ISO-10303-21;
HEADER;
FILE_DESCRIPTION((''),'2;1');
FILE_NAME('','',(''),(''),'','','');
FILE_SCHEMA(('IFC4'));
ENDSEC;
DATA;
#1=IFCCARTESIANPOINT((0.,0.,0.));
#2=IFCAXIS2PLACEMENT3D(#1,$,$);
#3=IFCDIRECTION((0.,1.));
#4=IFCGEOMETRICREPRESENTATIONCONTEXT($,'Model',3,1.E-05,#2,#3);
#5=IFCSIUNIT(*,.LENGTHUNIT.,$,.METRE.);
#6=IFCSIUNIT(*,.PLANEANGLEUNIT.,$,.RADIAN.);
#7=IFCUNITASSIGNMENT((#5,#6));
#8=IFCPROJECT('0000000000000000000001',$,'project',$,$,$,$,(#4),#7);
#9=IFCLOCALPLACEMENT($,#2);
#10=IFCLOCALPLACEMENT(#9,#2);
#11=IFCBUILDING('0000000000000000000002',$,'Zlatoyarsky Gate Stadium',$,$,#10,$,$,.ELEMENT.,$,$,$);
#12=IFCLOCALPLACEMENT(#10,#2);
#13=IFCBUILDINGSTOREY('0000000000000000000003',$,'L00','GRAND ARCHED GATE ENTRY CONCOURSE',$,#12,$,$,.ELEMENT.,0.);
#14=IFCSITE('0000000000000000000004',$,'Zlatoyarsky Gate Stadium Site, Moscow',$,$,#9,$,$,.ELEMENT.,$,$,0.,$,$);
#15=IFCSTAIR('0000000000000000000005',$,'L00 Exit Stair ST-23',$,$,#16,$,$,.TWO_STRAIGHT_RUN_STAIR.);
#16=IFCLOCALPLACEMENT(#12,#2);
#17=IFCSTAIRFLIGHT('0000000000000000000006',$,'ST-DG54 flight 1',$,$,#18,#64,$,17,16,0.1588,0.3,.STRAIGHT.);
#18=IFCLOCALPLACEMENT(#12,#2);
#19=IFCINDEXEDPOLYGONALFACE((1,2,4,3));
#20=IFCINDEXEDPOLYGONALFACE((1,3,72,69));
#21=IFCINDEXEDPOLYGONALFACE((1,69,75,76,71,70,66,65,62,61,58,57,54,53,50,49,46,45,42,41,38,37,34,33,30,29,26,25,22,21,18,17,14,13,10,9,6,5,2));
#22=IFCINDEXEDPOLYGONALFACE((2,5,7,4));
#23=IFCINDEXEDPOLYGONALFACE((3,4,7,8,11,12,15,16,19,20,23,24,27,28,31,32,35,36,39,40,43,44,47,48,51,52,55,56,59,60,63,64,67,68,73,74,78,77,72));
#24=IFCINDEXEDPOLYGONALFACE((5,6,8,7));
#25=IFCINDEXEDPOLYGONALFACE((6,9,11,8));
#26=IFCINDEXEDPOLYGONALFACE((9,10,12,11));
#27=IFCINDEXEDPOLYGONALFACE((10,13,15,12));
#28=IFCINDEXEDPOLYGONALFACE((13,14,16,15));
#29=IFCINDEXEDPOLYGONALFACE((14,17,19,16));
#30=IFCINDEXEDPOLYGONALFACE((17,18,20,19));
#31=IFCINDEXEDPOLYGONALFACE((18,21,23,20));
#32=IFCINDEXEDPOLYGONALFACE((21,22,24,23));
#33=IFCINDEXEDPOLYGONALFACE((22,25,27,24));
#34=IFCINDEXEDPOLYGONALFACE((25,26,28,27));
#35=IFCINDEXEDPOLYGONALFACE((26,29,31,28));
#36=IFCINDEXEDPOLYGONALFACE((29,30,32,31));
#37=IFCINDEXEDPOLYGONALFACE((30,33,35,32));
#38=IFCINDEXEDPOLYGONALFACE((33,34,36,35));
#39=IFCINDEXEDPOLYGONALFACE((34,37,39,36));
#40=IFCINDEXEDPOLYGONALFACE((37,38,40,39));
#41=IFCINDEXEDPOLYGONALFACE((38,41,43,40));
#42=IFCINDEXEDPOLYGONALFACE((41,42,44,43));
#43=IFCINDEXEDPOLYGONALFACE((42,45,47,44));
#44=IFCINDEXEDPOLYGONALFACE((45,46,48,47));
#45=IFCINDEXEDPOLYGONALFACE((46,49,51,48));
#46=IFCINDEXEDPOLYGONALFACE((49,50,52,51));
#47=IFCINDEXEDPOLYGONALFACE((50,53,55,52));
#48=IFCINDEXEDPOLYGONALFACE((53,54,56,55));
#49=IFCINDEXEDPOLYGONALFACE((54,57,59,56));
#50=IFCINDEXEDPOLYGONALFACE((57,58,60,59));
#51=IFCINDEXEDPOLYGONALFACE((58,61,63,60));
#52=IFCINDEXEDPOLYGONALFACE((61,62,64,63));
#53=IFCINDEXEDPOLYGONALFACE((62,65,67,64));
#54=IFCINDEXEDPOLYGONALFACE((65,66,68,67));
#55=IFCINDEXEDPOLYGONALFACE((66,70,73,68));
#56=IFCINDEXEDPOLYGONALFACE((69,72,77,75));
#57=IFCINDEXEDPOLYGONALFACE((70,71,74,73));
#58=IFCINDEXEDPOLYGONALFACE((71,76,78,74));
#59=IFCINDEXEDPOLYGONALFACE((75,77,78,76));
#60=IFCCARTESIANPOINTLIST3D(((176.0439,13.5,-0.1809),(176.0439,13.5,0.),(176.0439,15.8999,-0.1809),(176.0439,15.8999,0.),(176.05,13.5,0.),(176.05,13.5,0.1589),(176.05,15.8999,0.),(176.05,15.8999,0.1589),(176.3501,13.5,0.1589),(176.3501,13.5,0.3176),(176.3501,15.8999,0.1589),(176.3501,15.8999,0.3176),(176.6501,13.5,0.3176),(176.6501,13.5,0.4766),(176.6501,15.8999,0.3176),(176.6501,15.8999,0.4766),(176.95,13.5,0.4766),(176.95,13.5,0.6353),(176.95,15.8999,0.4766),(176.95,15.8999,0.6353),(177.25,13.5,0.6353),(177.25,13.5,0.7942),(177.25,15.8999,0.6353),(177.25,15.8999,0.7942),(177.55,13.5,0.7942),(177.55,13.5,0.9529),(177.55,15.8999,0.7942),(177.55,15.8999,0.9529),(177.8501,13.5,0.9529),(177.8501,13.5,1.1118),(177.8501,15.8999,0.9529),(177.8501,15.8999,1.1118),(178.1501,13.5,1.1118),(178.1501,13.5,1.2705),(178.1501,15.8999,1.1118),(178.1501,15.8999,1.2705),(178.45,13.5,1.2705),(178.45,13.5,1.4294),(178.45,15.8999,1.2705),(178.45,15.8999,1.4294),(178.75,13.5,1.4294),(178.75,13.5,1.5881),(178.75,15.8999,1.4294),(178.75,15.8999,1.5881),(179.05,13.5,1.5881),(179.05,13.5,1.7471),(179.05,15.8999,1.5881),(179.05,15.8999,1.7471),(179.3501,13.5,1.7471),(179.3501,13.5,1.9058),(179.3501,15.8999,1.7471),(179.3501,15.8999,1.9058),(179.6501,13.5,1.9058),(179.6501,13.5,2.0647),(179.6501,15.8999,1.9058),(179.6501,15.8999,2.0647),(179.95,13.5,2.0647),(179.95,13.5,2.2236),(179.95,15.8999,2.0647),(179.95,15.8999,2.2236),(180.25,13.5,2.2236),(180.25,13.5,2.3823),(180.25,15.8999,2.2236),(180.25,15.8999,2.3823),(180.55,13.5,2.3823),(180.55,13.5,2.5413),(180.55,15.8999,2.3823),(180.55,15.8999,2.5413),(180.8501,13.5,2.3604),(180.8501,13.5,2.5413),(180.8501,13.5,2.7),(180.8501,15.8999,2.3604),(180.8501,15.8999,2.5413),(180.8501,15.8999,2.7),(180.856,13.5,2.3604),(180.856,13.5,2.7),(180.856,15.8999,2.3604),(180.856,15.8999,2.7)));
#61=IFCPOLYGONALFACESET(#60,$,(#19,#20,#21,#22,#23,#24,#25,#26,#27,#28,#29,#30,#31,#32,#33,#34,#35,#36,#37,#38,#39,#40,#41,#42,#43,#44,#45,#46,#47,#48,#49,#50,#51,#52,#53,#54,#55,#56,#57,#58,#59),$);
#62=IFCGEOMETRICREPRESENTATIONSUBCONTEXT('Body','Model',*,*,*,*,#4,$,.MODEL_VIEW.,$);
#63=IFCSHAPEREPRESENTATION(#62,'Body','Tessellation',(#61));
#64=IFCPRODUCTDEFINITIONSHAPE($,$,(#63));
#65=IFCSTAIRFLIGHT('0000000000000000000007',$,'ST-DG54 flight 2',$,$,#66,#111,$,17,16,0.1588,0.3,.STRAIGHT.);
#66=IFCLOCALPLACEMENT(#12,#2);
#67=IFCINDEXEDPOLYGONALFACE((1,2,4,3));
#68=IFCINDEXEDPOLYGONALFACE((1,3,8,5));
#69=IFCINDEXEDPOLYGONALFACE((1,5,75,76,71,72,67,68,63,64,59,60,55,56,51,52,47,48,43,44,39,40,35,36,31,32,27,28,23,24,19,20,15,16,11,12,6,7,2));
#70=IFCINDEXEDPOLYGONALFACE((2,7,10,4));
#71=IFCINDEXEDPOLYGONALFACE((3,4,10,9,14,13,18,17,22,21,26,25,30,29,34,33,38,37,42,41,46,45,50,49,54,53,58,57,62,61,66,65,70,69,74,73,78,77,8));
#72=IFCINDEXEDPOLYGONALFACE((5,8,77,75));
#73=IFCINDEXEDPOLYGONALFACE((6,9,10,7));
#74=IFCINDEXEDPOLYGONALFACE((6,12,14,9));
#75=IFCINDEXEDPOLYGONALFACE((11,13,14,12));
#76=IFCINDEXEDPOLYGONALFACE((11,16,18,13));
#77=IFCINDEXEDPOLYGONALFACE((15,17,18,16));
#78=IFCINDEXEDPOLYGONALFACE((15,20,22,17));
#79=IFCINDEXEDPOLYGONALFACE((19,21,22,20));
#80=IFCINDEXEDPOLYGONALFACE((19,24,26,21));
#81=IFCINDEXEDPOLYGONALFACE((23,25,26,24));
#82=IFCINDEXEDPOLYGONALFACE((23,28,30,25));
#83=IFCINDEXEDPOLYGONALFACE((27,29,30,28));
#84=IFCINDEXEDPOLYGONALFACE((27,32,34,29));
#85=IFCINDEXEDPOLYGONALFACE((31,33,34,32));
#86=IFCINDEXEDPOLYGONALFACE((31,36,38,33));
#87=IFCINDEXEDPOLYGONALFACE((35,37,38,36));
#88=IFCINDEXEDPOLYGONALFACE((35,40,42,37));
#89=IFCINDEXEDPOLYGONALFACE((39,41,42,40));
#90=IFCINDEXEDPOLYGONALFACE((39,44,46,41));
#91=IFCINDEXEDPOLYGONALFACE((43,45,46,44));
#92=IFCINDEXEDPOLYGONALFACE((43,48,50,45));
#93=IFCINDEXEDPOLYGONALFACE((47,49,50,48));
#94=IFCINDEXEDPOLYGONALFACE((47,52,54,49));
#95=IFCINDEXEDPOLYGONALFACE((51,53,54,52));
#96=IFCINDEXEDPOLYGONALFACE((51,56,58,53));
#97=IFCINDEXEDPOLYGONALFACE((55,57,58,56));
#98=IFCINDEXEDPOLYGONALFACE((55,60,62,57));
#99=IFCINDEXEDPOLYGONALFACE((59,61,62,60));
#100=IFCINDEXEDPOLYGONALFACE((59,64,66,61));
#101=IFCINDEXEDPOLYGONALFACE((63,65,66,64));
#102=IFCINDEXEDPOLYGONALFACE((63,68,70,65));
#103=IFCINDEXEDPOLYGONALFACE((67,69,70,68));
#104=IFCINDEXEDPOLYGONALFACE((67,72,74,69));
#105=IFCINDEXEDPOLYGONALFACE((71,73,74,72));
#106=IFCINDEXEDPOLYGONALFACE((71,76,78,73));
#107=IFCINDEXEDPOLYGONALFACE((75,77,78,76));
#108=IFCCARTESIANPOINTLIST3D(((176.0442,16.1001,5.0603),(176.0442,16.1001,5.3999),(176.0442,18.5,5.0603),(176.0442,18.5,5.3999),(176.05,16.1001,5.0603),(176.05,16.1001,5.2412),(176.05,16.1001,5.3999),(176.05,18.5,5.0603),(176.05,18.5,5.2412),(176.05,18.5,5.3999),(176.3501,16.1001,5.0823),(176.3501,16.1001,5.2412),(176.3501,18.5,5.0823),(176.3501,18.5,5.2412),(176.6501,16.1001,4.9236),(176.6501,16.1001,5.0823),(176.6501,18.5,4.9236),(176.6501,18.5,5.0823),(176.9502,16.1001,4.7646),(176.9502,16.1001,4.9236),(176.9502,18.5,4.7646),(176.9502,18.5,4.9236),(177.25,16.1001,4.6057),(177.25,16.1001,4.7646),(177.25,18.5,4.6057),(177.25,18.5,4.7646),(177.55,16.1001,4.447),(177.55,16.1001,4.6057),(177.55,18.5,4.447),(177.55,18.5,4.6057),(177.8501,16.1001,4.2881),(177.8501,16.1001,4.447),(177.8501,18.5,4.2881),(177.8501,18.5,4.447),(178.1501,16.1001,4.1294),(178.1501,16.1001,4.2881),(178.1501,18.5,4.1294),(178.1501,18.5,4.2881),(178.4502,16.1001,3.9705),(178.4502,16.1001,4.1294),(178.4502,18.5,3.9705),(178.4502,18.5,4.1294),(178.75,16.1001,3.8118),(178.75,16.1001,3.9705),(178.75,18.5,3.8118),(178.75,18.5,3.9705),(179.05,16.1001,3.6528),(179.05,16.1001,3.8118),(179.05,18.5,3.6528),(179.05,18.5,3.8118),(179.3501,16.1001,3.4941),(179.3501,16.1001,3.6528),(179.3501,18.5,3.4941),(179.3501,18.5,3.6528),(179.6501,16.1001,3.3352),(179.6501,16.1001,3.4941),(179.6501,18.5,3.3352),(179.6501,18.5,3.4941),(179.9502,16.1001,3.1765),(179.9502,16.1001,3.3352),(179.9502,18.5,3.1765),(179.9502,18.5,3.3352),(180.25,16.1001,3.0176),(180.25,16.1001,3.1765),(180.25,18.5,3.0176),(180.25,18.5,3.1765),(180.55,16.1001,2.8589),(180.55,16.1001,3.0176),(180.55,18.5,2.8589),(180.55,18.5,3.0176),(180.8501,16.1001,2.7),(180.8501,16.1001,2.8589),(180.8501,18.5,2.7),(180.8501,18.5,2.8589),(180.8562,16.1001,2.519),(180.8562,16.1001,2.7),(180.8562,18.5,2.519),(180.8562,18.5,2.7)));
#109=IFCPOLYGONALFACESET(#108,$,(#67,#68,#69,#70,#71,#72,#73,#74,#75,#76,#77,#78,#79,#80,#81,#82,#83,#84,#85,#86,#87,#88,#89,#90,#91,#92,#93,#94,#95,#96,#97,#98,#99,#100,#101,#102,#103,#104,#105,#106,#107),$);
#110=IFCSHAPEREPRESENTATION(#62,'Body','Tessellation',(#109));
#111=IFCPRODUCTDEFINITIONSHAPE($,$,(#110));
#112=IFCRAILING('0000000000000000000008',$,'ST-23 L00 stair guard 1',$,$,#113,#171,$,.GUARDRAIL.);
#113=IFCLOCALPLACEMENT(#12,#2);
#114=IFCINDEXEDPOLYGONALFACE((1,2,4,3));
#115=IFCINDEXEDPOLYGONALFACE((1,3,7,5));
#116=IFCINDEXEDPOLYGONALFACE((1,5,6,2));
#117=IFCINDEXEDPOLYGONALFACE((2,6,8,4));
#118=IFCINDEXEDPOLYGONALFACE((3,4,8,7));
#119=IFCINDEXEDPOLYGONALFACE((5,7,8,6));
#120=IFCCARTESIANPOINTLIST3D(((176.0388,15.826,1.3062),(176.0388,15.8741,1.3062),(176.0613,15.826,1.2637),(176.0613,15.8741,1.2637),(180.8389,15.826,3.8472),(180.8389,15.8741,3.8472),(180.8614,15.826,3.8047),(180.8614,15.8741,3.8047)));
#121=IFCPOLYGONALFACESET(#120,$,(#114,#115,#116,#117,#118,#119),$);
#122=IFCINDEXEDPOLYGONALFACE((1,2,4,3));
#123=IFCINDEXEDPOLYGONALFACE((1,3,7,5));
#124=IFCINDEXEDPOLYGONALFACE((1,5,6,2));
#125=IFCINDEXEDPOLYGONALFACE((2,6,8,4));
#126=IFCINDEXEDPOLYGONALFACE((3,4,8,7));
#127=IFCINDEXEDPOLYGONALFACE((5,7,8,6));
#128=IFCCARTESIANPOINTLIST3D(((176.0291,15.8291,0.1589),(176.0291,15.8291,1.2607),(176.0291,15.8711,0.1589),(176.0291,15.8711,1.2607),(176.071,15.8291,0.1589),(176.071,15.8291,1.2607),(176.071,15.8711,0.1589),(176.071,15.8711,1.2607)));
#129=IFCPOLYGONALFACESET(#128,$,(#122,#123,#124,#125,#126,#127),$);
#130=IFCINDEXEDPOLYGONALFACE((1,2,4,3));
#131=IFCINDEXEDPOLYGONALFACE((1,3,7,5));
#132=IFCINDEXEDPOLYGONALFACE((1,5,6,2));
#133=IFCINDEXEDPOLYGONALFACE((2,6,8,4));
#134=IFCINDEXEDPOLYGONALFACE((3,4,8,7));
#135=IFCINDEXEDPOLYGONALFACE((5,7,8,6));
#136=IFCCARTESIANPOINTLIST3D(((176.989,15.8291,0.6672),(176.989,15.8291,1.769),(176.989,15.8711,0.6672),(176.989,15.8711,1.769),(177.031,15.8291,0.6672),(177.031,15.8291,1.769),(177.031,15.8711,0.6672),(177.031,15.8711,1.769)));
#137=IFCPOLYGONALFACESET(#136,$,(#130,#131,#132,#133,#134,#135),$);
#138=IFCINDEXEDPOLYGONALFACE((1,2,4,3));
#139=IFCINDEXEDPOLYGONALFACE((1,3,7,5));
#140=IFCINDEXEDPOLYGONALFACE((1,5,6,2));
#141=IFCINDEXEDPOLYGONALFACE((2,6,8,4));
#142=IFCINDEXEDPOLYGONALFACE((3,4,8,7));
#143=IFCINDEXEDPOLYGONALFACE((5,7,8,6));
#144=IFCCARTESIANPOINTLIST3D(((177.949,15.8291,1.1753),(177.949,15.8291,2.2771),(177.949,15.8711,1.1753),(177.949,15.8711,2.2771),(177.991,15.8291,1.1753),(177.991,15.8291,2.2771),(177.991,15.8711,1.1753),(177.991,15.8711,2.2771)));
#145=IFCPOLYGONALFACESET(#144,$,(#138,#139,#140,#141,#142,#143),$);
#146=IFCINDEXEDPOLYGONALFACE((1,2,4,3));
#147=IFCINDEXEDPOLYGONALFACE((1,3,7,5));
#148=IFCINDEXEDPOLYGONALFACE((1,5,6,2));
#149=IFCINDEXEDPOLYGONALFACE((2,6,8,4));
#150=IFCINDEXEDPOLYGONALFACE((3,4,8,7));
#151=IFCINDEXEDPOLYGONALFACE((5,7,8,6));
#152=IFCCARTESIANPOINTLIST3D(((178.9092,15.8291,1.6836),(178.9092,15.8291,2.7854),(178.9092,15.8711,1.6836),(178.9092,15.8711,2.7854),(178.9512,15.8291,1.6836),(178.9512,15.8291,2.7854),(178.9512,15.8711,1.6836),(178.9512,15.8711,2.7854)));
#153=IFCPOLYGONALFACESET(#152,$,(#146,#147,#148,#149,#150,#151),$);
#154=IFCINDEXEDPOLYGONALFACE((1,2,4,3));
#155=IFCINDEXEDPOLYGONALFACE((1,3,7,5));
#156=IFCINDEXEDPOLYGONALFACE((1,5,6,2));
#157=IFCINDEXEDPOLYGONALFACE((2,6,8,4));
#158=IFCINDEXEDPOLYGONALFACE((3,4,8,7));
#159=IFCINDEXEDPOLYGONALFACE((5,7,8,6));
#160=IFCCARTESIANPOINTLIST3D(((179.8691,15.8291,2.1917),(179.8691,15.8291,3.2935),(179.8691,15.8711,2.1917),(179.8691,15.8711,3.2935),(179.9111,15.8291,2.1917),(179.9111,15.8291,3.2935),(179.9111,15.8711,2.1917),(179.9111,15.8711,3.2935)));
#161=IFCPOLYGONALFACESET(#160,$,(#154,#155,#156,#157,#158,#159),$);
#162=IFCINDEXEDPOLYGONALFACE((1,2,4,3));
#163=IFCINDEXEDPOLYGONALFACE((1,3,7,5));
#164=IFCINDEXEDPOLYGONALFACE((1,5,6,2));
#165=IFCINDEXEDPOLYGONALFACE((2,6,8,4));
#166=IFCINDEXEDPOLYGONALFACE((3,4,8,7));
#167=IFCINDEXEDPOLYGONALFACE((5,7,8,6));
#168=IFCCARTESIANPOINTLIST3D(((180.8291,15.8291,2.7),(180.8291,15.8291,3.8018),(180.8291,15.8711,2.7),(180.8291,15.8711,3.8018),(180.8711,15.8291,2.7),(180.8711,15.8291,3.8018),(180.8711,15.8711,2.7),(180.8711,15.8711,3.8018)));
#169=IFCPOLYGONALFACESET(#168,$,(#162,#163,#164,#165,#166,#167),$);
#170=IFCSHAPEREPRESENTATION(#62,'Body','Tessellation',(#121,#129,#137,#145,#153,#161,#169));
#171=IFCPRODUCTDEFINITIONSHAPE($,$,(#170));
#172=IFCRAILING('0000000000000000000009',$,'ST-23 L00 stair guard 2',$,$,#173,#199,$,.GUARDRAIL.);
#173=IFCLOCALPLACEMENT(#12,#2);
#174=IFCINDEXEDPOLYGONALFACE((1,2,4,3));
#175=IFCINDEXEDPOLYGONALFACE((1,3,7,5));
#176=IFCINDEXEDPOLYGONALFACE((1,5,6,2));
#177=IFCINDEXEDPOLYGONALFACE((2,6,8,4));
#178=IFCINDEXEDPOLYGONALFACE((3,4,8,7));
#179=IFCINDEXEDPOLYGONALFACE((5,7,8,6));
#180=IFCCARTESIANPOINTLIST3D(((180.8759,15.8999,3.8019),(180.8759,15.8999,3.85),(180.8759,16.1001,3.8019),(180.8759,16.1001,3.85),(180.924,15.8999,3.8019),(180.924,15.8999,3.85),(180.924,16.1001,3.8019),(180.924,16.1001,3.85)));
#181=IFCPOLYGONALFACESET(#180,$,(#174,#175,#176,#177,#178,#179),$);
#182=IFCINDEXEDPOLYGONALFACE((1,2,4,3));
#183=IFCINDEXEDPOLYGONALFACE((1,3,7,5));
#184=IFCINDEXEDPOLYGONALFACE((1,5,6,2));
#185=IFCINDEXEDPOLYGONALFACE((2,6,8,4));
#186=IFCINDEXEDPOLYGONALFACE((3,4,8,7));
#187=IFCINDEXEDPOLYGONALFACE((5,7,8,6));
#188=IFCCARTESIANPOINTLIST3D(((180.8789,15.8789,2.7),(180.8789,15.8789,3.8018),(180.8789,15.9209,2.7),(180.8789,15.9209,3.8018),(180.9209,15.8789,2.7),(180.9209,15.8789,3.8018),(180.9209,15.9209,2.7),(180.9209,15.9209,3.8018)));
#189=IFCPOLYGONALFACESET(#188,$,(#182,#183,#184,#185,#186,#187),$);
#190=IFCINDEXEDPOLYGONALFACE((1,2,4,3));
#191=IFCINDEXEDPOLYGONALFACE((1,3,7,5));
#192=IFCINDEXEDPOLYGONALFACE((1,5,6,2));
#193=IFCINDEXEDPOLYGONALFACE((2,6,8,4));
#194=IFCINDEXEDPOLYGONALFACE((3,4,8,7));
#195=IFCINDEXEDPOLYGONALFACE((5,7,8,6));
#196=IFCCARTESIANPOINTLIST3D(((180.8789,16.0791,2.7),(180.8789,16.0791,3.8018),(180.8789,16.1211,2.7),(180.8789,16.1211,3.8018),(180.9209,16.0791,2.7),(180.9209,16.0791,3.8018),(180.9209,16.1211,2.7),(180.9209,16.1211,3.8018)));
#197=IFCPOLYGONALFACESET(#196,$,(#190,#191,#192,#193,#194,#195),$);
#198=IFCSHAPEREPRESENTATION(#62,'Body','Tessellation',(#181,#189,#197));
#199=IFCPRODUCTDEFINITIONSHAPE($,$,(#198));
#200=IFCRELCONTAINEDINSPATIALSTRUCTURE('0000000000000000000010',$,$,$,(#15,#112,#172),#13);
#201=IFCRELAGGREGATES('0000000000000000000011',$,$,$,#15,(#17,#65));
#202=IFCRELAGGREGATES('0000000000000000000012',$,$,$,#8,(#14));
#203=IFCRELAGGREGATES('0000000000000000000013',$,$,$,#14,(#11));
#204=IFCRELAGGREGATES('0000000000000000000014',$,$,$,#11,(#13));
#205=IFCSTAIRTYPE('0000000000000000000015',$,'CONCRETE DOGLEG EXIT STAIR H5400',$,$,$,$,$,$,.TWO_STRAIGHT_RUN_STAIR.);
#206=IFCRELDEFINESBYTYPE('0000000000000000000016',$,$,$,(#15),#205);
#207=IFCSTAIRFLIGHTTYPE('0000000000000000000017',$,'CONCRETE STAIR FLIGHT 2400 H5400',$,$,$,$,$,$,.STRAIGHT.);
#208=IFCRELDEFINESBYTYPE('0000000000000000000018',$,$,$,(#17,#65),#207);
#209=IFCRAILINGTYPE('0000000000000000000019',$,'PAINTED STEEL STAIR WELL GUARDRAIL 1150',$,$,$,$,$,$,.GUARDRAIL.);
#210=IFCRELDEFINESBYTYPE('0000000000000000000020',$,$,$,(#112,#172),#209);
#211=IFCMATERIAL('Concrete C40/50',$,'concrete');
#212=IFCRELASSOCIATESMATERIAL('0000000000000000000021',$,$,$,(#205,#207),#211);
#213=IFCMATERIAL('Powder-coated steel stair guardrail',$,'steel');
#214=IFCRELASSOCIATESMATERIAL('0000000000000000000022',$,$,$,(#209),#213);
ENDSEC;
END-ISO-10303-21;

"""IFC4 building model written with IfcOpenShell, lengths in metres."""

from ifc_helpers import new_model, si_unit, direction, frame, origin, origin_2d, place, context, subcontext, project, spatial, polyline, rectangle, outline, extrude, material, type_object, element, aggregate, save


model = new_model("IFC4")

# Units and contexts
model_context = context("Model", 3, precision=1e-05, world=origin(), true_north=direction((0.0, 1.0)))
body_context = subcontext(model_context, "Body", "Model", "MODEL_VIEW")
ifc_project = project(units=[si_unit("LENGTHUNIT", "METRE"), si_unit("PLANEANGLEUNIT", "RADIAN")], contexts=[model_context])

# Site, building, storey
site_placement = place(None, origin())
site = spatial("IfcSite", under=ifc_project, at=site_placement, Name="Zlatoyarsky Gate Stadium Site, Moscow", CompositionType="ELEMENT", RefElevation=0.0)
building_placement = place(site_placement, origin())
building = spatial("IfcBuilding", under=site, at=building_placement, Name="Zlatoyarsky Gate Stadium", CompositionType="ELEMENT")
storey_placement = place(building_placement, origin())
storey = spatial("IfcBuildingStorey", under=building, at=storey_placement, Name="L00", Description="GRAND ARCHED GATE ENTRY CONCOURSE", CompositionType="ELEMENT", Elevation=0.0)

# Shared definitions
ifc_material_1 = material(Name="Concrete C40/50", Category="concrete")

# Stair, stair flights
stair_type = type_object("IfcStairType", Name="CONCRETE DOGLEG EXIT STAIR H5400", PredefinedType="TWO_STRAIGHT_RUN_STAIR", material=ifc_material_1)
stair_placement = place(storey_placement, origin())
stair = element("IfcStair", 1, at=stair_placement, inside=storey, type_object=stair_type, Name="L00 Exit Stair ST-23", PredefinedType="TWO_STRAIGHT_RUN_STAIR")
stair_flight_type = type_object("IfcStairFlightType", Name="CONCRETE STAIR FLIGHT 2400 H5400", PredefinedType="STRAIGHT", material=ifc_material_1)
stair_flight_1_placement = place(storey_placement, frame((176.05, 14.7, 0.0), z_axis=(0.0, 0.0, 1.0), x_axis=(1.0, 0.0, 0.0)))
stair_flight_1 = element("IfcStairFlight", 2, at=stair_flight_1_placement, type_object=stair_flight_type, Name="ST-DG54 flight 1", NumberOfRisers=17, NumberOfTreads=16, PredefinedType="STRAIGHT", RiserHeight=0.1588, TreadLength=0.3, context=body_context, shape_type="SweptSolid", body=[
    extrude(outline(polyline([(-0.0061, -0.1809), (-0.0061, 0.0), (0.0, 0.0), (0.0, 0.1589), (0.3, 0.1589), (0.3, 0.3176), (0.6001, 0.3176), (0.6001, 0.4766), (0.8999, 0.4766), (0.8999, 0.6353), (1.2, 0.6353), (1.2, 0.7942), (1.5, 0.7942), (1.5, 0.9529), (1.8, 0.9529), (1.8, 1.1118), (2.1001, 1.1118), (2.1001, 1.2705), (2.3999, 1.2705), (2.3999, 1.4294), (2.7, 1.4294), (2.7, 1.5881), (3.0, 1.5881), (3.0, 1.7471), (3.3, 1.7471), (3.3, 1.9058), (3.6001, 1.9058), (3.6001, 2.0647), (3.8999, 2.0647), (3.8999, 2.2236), (4.2, 2.2236), (4.2, 2.3823), (4.5, 2.3823), (4.5, 2.5413), (4.8, 2.5413), (4.8, 2.7), (4.8059, 2.7), (4.8059, 2.3604), (4.8, 2.3604), (-0.0061, -0.1809)])), frame((0.0, 1.2, 0.0), z_axis=(0.0, -1.0, 0.0), x_axis=(1.0, 0.0, 0.0)), (0.0, 0.0, 1.0), 2.3999),
])
stair_flight_2_placement = place(storey_placement, frame((180.8501, 17.3, 2.7), z_axis=(0.0, 0.0, 1.0), x_axis=(-1.0, 0.0, 0.0)))
stair_flight_2 = element("IfcStairFlight", 3, at=stair_flight_2_placement, type_object=stair_flight_type, Name="ST-DG54 flight 2", NumberOfRisers=17, NumberOfTreads=16, PredefinedType="STRAIGHT", RiserHeight=0.1588, TreadLength=0.3, context=body_context, shape_type="SweptSolid", body=[
    extrude(outline(polyline([(-0.0061, -0.1809), (-0.0061, 0.0), (0.0, 0.0), (0.0, 0.1589), (0.3, 0.1589), (0.3, 0.3176), (0.6001, 0.3176), (0.6001, 0.4766), (0.8999, 0.4766), (0.8999, 0.6353), (1.2, 0.6353), (1.2, 0.7942), (1.5, 0.7942), (1.5, 0.9529), (1.8, 0.9529), (1.8, 1.1118), (2.1001, 1.1118), (2.1001, 1.2705), (2.3999, 1.2705), (2.3999, 1.4294), (2.7, 1.4294), (2.7, 1.5881), (3.0, 1.5881), (3.0, 1.7471), (3.3, 1.7471), (3.3, 1.9058), (3.6001, 1.9058), (3.6001, 2.0647), (3.8999, 2.0647), (3.8999, 2.2236), (4.2, 2.2236), (4.2, 2.3823), (4.5, 2.3823), (4.5, 2.5413), (4.8, 2.5413), (4.8, 2.7), (4.8059, 2.7), (4.8059, 2.3604), (4.8, 2.3604), (-0.0061, -0.1809)])), frame((0.0, 1.2, 0.0), z_axis=(0.0, -1.0, 0.0), x_axis=(1.0, 0.0, 0.0)), (0.0, 0.0, 1.0), 2.3999),
])
aggregate(stair, [stair_flight_1, stair_flight_2])

# Railings
ifc_material_2 = material(Name="Powder-coated steel stair guardrail", Category="steel")
railing_type_1 = type_object("IfcRailingType", Name="PAINTED STEEL STAIR WELL GUARDRAIL 1150", PredefinedType="GUARDRAIL", material=ifc_material_2)
railing_1_placement = place(storey_placement, frame((176.05, 15.8501, 0.1589)))
element("IfcRailing", 4, at=railing_1_placement, inside=storey, type_object=railing_type_1, Name="ST-23 L00 stair guard 1", PredefinedType="GUARDRAIL", context=body_context, shape_type="SweptSolid", body=[
    extrude(rectangle(XDim=0.0481, YDim=0.0481, at=origin_2d()), frame((0.0, 0.0, 1.126), z_axis=(0.883802, 0.0, 0.467861), x_axis=(0.0, 1.0, 0.0)), (0.0, 0.0, 1.0), 5.4312),
    extrude(rectangle(XDim=0.042, YDim=0.042, at=origin_2d()), origin(), (0.0, 0.0, 1.0), 1.1018),
    extrude(rectangle(XDim=0.042, YDim=0.042, at=origin_2d()), frame((0.96, 0.0, 0.5083)), (0.0, 0.0, 1.0), 1.1018),
    extrude(rectangle(XDim=0.042, YDim=0.042, at=origin_2d()), frame((1.9199, 0.0, 1.0164)), (0.0, 0.0, 1.0), 1.1018),
    extrude(rectangle(XDim=0.042, YDim=0.042, at=origin_2d()), frame((2.8801, 0.0, 1.5247)), (0.0, 0.0, 1.0), 1.1018),
    extrude(rectangle(XDim=0.042, YDim=0.042, at=origin_2d()), frame((3.8401, 0.0, 2.0327)), (0.0, 0.0, 1.0), 1.1018),
    extrude(rectangle(XDim=0.042, YDim=0.042, at=origin_2d()), frame((4.8, 0.0, 2.541)), (0.0, 0.0, 1.0), 1.1018),
])
railing_2_placement = place(storey_placement, frame((180.8999, 15.8999, 2.7)))
element("IfcRailing", 5, at=railing_2_placement, inside=storey, type_object=railing_type_1, Name="ST-23 L00 stair guard 2", PredefinedType="GUARDRAIL", context=body_context, shape_type="SweptSolid", body=[
    extrude(rectangle(XDim=0.0481, YDim=0.0481, at=origin_2d()), frame((0.0, 0.0, 1.126), z_axis=(0.0, 1.0, 0.0), x_axis=(-1.0, 0.0, 0.0)), (0.0, 0.0, 1.0), 0.2002),
    extrude(rectangle(XDim=0.042, YDim=0.042, at=origin_2d()), origin(), (0.0, 0.0, 1.0), 1.1018),
    extrude(rectangle(XDim=0.042, YDim=0.042, at=origin_2d()), frame((0.0, 0.2002, 0.0)), (0.0, 0.0, 1.0), 1.1018),
])

save(model, "model.ifc")
